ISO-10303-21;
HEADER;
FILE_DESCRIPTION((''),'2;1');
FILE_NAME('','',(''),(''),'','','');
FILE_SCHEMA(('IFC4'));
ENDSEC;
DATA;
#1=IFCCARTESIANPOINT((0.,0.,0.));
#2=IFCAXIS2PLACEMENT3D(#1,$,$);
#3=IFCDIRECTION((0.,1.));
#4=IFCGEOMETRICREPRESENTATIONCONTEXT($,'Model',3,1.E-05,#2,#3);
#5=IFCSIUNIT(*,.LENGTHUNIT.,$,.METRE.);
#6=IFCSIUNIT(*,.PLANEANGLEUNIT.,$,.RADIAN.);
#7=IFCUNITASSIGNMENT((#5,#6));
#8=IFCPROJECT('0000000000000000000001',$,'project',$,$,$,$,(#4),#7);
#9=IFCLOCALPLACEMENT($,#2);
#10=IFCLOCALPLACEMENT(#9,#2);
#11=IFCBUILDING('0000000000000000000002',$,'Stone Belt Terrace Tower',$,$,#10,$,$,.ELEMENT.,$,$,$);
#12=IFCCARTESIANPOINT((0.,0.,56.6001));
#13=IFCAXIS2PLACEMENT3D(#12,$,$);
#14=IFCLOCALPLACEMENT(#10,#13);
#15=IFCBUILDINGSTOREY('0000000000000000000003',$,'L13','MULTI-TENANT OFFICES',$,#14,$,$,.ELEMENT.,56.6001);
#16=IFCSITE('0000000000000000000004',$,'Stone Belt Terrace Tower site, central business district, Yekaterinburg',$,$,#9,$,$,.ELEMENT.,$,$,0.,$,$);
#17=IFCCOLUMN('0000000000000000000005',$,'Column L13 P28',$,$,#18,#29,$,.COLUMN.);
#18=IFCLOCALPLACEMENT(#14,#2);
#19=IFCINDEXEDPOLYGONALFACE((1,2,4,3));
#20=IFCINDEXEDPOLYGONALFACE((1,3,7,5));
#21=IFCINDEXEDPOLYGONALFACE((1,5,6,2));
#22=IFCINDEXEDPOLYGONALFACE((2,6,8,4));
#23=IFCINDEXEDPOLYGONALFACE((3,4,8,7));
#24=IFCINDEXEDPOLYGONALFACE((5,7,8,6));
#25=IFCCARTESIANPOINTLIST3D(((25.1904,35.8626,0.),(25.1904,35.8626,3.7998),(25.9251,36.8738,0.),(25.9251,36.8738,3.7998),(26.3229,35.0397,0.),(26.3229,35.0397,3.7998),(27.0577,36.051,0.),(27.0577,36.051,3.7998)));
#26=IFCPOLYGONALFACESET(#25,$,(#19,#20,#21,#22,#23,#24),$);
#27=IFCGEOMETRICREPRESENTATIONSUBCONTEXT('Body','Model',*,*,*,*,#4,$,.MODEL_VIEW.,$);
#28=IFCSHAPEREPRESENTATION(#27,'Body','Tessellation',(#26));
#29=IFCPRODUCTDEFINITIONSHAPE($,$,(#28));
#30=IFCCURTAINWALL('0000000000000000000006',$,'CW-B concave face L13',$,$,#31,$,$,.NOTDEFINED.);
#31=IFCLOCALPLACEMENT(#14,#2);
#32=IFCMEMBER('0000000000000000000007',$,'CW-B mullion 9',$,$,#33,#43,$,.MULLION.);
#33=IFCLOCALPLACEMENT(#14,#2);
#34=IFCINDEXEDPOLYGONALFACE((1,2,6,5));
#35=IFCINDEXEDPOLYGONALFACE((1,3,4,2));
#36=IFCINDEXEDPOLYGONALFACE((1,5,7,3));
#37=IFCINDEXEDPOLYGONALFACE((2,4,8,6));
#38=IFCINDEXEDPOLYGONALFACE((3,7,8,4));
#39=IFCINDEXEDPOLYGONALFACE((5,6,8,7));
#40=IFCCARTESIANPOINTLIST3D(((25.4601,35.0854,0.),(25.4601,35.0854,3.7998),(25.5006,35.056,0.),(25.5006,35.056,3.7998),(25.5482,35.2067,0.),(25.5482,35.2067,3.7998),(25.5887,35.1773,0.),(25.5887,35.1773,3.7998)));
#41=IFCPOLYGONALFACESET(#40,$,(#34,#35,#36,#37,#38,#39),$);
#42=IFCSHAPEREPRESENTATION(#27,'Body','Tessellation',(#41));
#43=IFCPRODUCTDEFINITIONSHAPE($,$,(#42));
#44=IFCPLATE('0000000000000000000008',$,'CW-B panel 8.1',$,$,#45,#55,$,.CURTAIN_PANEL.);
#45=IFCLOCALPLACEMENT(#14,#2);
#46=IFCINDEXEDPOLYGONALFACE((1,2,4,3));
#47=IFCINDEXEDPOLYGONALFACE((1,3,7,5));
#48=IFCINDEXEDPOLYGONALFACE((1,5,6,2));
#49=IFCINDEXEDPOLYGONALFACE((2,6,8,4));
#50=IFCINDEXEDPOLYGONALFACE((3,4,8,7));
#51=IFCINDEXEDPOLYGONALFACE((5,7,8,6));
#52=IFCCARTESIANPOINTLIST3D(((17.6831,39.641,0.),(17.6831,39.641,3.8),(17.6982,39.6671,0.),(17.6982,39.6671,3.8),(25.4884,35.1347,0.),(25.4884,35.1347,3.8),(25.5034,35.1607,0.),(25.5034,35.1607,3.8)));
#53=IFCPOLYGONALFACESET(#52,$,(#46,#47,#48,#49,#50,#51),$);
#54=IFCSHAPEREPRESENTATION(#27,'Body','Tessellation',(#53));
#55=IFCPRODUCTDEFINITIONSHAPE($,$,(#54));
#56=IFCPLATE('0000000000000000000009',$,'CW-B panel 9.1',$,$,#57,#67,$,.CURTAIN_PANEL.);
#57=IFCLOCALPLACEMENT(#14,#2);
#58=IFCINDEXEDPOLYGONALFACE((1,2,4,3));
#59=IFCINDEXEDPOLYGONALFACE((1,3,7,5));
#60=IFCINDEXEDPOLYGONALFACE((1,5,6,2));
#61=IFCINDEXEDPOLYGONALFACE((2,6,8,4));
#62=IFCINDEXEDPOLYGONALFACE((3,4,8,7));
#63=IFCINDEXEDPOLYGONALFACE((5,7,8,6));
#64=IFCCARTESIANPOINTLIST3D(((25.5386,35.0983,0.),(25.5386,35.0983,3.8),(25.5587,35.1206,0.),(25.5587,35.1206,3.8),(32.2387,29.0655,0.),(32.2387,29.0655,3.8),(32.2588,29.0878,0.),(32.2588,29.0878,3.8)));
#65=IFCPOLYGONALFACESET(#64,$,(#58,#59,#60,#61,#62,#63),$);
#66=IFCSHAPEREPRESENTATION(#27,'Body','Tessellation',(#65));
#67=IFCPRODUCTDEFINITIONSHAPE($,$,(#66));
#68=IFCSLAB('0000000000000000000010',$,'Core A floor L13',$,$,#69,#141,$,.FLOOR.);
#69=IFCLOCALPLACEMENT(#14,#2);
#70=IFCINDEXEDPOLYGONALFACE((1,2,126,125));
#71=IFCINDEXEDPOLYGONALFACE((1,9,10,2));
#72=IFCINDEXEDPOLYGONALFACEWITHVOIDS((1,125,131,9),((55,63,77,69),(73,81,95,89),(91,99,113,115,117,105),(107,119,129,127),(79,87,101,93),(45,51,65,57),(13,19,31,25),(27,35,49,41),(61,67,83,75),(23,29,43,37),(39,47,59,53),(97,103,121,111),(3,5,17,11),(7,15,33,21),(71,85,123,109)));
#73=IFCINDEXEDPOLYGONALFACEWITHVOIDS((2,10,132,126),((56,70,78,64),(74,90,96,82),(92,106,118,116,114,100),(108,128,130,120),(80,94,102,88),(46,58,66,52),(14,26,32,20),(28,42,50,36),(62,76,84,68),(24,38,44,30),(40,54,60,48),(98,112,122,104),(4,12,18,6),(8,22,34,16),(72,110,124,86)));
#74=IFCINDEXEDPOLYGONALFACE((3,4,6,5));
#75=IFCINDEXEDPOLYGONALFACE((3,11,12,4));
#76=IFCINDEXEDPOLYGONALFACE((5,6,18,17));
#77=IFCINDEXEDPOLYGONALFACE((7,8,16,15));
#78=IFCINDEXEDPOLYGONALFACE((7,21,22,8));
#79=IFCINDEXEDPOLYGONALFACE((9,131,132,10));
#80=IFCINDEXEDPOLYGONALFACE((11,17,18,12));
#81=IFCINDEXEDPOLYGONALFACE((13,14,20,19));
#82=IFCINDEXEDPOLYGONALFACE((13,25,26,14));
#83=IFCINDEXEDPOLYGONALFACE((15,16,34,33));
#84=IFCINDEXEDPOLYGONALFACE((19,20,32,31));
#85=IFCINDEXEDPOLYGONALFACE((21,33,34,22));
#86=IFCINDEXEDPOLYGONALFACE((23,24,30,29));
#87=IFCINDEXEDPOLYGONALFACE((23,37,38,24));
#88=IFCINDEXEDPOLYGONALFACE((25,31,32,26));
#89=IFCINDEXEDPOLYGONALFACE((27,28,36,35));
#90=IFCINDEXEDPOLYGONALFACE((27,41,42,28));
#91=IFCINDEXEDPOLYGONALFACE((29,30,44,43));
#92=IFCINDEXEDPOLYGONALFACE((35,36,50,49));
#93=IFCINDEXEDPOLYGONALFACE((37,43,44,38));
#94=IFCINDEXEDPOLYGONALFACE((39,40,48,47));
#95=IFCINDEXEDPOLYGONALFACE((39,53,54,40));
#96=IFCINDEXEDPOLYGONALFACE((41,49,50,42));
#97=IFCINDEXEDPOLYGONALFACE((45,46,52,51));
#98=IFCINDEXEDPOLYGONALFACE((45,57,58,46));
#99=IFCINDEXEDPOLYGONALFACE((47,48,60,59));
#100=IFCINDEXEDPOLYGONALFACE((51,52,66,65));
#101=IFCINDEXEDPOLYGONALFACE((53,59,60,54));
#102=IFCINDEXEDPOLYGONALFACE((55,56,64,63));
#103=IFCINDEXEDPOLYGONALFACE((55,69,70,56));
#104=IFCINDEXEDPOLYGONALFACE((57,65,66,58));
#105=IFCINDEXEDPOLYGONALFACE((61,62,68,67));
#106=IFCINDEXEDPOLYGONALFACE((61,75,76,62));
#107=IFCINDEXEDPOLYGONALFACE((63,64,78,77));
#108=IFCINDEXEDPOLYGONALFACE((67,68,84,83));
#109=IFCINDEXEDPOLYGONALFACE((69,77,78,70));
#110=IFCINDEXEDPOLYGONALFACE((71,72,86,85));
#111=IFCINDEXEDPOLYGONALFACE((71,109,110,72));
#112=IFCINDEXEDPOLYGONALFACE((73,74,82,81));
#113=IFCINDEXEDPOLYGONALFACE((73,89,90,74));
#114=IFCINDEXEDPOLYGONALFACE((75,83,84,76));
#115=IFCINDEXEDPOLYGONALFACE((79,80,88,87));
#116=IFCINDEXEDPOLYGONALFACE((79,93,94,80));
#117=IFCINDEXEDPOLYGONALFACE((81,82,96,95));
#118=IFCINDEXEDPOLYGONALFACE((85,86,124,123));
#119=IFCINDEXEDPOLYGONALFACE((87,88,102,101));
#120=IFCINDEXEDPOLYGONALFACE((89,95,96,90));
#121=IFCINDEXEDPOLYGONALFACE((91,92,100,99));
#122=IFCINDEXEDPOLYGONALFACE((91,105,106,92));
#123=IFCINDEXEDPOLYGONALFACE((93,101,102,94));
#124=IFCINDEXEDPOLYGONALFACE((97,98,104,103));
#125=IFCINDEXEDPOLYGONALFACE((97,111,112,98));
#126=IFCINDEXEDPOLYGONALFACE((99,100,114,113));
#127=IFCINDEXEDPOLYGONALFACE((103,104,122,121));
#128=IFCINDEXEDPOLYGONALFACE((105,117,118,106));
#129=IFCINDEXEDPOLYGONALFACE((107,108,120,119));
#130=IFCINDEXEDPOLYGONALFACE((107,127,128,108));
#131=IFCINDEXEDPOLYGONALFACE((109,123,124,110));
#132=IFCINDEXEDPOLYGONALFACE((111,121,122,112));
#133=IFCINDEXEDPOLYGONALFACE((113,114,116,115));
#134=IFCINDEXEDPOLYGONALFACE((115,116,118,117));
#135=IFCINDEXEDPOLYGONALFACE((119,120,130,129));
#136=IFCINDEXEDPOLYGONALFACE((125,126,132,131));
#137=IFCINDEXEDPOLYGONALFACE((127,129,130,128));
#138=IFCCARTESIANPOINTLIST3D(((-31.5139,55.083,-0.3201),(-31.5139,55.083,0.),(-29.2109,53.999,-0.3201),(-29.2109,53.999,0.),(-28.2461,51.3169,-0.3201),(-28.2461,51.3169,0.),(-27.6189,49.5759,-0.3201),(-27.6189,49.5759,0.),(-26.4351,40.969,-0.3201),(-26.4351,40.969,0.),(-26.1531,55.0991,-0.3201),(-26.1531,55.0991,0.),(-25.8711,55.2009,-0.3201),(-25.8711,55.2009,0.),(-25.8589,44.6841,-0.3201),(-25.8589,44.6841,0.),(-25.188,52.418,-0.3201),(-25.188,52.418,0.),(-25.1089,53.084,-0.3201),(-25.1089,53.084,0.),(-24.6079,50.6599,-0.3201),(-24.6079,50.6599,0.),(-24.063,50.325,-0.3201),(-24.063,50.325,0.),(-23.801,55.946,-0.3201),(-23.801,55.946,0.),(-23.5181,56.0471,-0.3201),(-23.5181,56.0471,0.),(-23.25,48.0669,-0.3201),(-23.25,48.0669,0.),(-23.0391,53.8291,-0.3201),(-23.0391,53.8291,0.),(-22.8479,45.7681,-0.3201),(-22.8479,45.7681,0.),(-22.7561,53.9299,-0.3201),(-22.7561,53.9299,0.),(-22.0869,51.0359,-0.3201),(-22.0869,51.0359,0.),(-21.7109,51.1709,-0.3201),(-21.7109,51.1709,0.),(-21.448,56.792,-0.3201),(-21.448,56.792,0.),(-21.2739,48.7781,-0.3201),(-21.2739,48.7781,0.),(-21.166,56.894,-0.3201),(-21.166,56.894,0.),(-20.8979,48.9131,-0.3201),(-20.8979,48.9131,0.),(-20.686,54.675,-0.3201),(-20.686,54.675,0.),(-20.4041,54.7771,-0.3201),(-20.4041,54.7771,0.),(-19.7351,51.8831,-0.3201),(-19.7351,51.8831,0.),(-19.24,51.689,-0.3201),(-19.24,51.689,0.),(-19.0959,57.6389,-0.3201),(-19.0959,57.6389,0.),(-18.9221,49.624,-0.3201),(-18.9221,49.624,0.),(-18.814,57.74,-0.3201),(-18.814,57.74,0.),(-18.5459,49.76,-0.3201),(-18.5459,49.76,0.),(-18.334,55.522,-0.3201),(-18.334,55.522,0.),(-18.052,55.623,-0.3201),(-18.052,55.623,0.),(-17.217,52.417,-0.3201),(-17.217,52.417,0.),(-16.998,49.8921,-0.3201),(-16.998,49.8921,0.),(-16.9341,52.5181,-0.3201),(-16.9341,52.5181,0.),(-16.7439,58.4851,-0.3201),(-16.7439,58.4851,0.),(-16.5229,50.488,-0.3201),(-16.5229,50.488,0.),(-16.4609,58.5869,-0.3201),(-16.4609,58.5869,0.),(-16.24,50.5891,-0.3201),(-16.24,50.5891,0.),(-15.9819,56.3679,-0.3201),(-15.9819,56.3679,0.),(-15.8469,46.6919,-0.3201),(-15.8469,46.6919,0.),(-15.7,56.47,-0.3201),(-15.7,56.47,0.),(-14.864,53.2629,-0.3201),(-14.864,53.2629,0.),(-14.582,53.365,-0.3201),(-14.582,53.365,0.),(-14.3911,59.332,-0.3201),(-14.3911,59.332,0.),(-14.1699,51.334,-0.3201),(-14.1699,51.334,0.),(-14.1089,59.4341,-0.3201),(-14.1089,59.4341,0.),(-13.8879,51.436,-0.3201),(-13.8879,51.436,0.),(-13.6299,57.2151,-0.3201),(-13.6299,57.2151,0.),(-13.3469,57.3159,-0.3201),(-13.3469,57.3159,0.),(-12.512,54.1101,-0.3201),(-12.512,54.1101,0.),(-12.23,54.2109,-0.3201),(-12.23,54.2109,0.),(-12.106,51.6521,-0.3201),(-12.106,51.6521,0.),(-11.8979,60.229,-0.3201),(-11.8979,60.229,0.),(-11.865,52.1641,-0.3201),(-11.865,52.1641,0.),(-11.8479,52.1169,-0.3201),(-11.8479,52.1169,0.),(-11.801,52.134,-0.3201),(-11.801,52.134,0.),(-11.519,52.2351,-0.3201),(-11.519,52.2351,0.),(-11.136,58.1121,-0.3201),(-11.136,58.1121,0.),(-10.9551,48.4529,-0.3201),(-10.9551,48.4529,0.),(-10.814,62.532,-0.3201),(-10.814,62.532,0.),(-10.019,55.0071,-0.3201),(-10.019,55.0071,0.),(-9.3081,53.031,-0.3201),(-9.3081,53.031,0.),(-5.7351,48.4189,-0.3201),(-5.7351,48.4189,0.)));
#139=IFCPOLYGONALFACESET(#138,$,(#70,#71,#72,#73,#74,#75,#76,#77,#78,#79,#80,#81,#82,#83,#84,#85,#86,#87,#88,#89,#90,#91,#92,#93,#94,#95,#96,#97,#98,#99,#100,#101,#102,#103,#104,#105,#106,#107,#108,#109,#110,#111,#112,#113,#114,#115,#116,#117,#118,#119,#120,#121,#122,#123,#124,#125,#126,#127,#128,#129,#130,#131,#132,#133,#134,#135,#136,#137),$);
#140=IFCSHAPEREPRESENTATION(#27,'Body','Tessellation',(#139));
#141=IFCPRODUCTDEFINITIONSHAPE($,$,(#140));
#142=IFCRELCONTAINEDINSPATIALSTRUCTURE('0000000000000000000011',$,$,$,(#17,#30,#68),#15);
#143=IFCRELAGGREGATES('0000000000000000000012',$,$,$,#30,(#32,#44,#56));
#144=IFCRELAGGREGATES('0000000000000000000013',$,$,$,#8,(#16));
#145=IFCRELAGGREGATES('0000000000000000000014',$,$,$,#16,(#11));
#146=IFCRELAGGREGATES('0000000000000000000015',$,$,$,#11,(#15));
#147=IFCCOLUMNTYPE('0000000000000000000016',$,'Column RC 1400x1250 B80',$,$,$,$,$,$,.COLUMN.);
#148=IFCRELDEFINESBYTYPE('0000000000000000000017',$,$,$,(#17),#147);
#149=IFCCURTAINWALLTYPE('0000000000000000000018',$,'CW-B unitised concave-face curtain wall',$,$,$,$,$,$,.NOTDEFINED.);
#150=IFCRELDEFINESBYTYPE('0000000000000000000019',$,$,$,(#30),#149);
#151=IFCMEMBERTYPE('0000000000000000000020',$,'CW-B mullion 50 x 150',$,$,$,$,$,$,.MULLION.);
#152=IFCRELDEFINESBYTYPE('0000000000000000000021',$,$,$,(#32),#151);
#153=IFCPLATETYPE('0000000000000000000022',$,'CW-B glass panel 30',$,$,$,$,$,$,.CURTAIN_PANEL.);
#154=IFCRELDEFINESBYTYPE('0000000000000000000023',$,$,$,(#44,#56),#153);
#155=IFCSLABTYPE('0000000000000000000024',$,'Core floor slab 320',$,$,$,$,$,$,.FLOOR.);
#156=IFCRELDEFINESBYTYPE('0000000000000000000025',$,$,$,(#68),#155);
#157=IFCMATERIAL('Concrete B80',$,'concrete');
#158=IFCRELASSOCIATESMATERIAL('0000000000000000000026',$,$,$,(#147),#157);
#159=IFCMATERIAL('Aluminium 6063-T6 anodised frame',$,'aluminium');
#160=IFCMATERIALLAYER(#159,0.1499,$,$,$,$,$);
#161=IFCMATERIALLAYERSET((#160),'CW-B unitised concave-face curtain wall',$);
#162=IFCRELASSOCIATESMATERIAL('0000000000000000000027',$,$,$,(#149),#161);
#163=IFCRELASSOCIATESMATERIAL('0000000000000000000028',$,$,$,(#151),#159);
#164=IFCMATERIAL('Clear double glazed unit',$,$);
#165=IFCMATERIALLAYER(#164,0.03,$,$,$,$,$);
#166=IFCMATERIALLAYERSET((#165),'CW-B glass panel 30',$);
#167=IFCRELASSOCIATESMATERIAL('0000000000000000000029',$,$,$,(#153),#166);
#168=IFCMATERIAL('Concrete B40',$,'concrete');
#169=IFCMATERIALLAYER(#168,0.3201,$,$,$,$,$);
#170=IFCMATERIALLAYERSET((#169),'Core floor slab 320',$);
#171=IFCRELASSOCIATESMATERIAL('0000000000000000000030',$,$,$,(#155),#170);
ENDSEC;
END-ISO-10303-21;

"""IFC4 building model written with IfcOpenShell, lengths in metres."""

from ifc_helpers import new_model, si_unit, direction, frame, origin, origin_2d, place, context, subcontext, project, spatial, polyline, rectangle, outline, extrude, material, layer, layer_set, material_profile, profile_set, type_object, element, aggregate, save


model = new_model("IFC4")

# Units and contexts
model_context = context("Model", 3, precision=1e-05, world=origin(), true_north=direction((0.0, 1.0)))
body_context = subcontext(model_context, "Body", "Model", "MODEL_VIEW")
ifc_project = project(units=[si_unit("LENGTHUNIT", "METRE"), si_unit("PLANEANGLEUNIT", "RADIAN")], contexts=[model_context])

# Site, building, storey
site_placement = place(None, origin())
site = spatial("IfcSite", under=ifc_project, at=site_placement, Name="Stone Belt Terrace Tower site, central business district, Yekaterinburg", CompositionType="ELEMENT", RefElevation=0.0)
building_placement = place(site_placement, origin())
building = spatial("IfcBuilding", under=site, at=building_placement, Name="Stone Belt Terrace Tower", CompositionType="ELEMENT")
storey_placement = place(building_placement, frame((0.0, 0.0, 56.6001)))
storey = spatial("IfcBuildingStorey", under=building, at=storey_placement, Name="L13", Description="MULTI-TENANT OFFICES", CompositionType="ELEMENT", Elevation=56.6001)

# Column
ifc_material_1 = material(Name="Concrete B80", Category="concrete")
ifc_material_profile_1 = material_profile(ifc_material_1, rectangle(XDim=1.3999, YDim=1.25, at=origin_2d()), Name="RC 1400x1250")
ifc_profile_set_1 = profile_set([ifc_material_profile_1], Name="Concrete B80")
column_type = type_object("IfcColumnType", Name="Column RC 1400x1250 B80", PredefinedType="COLUMN", material=ifc_profile_set_1)
column_placement = place(storey_placement, frame((26.124, 35.9568, 0.0), z_axis=(0.0, 0.0, 1.0), x_axis=(0.809017, -0.587785, 0.0)))
element("IfcColumn", 1, at=column_placement, inside=storey, type_object=column_type, Name="Column L13 P28", PredefinedType="COLUMN", context=body_context, shape_type="SweptSolid", body=[
    extrude(rectangle(XDim=1.3999, YDim=1.25, at=origin_2d()), origin(), (0.0, 0.0, 1.0), 3.7998),
])

# Curtain wall, member, plates
ifc_material_2 = material(Name="Aluminium 6063-T6 anodised frame", Category="aluminium")
ifc_layer_1 = layer(ifc_material_2, 0.1499)
ifc_layer_set_1 = layer_set([ifc_layer_1], Name="CW-B unitised concave-face curtain wall")
curtain_wall_type = type_object("IfcCurtainWallType", Name="CW-B unitised concave-face curtain wall", PredefinedType="NOTDEFINED", material=ifc_layer_set_1)
curtain_wall_placement = place(storey_placement, origin())
curtain_wall = element("IfcCurtainWall", 2, at=curtain_wall_placement, inside=storey, type_object=curtain_wall_type, Name="CW-B concave face L13", PredefinedType="NOTDEFINED")
ifc_material_profile_2 = material_profile(ifc_material_2, rectangle(XDim=0.1499, YDim=0.05, at=origin_2d()), Name="Aluminium 6063-T6 50x150")
ifc_profile_set_2 = profile_set([ifc_material_profile_2], Name="Aluminium 6063-T6 anodised frame")
member_type = type_object("IfcMemberType", Name="CW-B mullion 50 x 150", PredefinedType="MULLION", material=ifc_profile_set_2)
member_placement = place(storey_placement, frame((25.5244, 35.1313, 0.0), z_axis=(0.0, 0.0, 1.0), x_axis=(0.587785, 0.809017, 0.0)))
member = element("IfcMember", 3, at=member_placement, type_object=member_type, Name="CW-B mullion 9", PredefinedType="MULLION", context=body_context, shape_type="SweptSolid", body=[
    extrude(rectangle(XDim=0.1499, YDim=0.05, at=origin_2d()), origin(), (0.0, 0.0, 1.0), 3.7998),
])
ifc_material_3 = material(Name="Clear double glazed unit")
ifc_layer_2 = layer(ifc_material_3, 0.03)
ifc_layer_set_2 = layer_set([ifc_layer_2], Name="CW-B glass panel 30")
plate_type = type_object("IfcPlateType", Name="CW-B glass panel 30", PredefinedType="CURTAIN_PANEL", material=ifc_layer_set_2)
plate_1_placement = place(storey_placement, frame((21.5933, 37.4009, 0.0), z_axis=(0.0, 0.0, 1.0), x_axis=(0.866025, -0.5, 0.0)))
plate_1 = element("IfcPlate", 4, at=plate_1_placement, type_object=plate_type, Name="CW-B panel 8.1", PredefinedType="CURTAIN_PANEL", context=body_context, shape_type="SweptSolid", body=[
    extrude(rectangle(XDim=9.0127, YDim=0.03, at=origin_2d()), origin(), (0.0, 0.0, 1.0), 3.8),
])
plate_2_placement = place(storey_placement, frame((28.8987, 32.093, 0.0), z_axis=(0.0, 0.0, 1.0), x_axis=(0.743145, -0.669131, 0.0)))
plate_2 = element("IfcPlate", 5, at=plate_2_placement, type_object=plate_type, Name="CW-B panel 9.1", PredefinedType="CURTAIN_PANEL", context=body_context, shape_type="SweptSolid", body=[
    extrude(rectangle(XDim=9.0159, YDim=0.03, at=origin_2d()), origin(), (0.0, 0.0, 1.0), 3.8),
])
aggregate(curtain_wall, [member, plate_1, plate_2])

# Slab
ifc_material_4 = material(Name="Concrete B40", Category="concrete")
ifc_layer_3 = layer(ifc_material_4, 0.3201)
ifc_layer_set_3 = layer_set([ifc_layer_3], Name="Core floor slab 320")
slab_type_1 = type_object("IfcSlabType", Name="Core floor slab 320", PredefinedType="FLOOR", material=ifc_layer_set_3)
slab_1_placement = place(storey_placement, frame((0.0, 0.0, -0.3201)))
element("IfcSlab", 6, at=slab_1_placement, inside=storey, type_object=slab_type_1, Name="Core A floor L13", PredefinedType="FLOOR", context=body_context, shape_type="SweptSolid", body=[
    extrude(outline(polyline([(-26.4351, 40.969), (-5.7351, 48.4189), (-10.814, 62.532), (-31.5139, 55.083), (-26.4351, 40.969)]), holes=[polyline([(-24.6079, 50.6599), (-22.8479, 45.7681), (-25.8589, 44.6841), (-27.6189, 49.5759), (-24.6079, 50.6599)]), polyline([(-21.2739, 48.7781), (-23.25, 48.0669), (-24.063, 50.325), (-22.0869, 51.0359), (-21.2739, 48.7781)]), polyline([(-18.9221, 49.624), (-20.8979, 48.9131), (-21.7109, 51.1709), (-19.7351, 51.8831), (-18.9221, 49.624)]), polyline([(-19.24, 51.689), (-17.217, 52.417), (-16.5229, 50.488), (-18.5459, 49.76), (-19.24, 51.689)]), polyline([(-29.2109, 53.999), (-26.1531, 55.0991), (-25.188, 52.418), (-28.2461, 51.3169), (-29.2109, 53.999)]), polyline([(-23.801, 55.946), (-23.0391, 53.8291), (-25.1089, 53.084), (-25.8711, 55.2009), (-23.801, 55.946)]), polyline([(-21.448, 56.792), (-20.686, 54.675), (-22.7561, 53.9299), (-23.5181, 56.0471), (-21.448, 56.792)]), polyline([(-19.0959, 57.6389), (-18.334, 55.522), (-20.4041, 54.7771), (-21.166, 56.894), (-19.0959, 57.6389)]), polyline([(-15.8469, 46.6919), (-16.998, 49.8921), (-12.106, 51.6521), (-10.9551, 48.4529), (-15.8469, 46.6919)]), polyline([(-16.24, 50.5891), (-16.9341, 52.5181), (-14.864, 53.2629), (-14.1699, 51.334), (-16.24, 50.5891)]), polyline([(-11.801, 52.134), (-11.8479, 52.1169), (-11.865, 52.1641), (-13.8879, 51.436), (-14.582, 53.365), (-12.512, 54.1101), (-11.801, 52.134)]), polyline([(-9.3081, 53.031), (-11.519, 52.2351), (-12.23, 54.2109), (-10.019, 55.0071), (-9.3081, 53.031)]), polyline([(-16.7439, 58.4851), (-15.9819, 56.3679), (-18.052, 55.623), (-18.814, 57.74), (-16.7439, 58.4851)]), polyline([(-14.3911, 59.332), (-13.6299, 57.2151), (-15.7, 56.47), (-16.4609, 58.5869), (-14.3911, 59.332)]), polyline([(-11.8979, 60.229), (-11.136, 58.1121), (-13.3469, 57.3159), (-14.1089, 59.4341), (-11.8979, 60.229)])]), origin(), (0.0, 0.0, 1.0), 0.3201),
])

save(model, "model.ifc")
